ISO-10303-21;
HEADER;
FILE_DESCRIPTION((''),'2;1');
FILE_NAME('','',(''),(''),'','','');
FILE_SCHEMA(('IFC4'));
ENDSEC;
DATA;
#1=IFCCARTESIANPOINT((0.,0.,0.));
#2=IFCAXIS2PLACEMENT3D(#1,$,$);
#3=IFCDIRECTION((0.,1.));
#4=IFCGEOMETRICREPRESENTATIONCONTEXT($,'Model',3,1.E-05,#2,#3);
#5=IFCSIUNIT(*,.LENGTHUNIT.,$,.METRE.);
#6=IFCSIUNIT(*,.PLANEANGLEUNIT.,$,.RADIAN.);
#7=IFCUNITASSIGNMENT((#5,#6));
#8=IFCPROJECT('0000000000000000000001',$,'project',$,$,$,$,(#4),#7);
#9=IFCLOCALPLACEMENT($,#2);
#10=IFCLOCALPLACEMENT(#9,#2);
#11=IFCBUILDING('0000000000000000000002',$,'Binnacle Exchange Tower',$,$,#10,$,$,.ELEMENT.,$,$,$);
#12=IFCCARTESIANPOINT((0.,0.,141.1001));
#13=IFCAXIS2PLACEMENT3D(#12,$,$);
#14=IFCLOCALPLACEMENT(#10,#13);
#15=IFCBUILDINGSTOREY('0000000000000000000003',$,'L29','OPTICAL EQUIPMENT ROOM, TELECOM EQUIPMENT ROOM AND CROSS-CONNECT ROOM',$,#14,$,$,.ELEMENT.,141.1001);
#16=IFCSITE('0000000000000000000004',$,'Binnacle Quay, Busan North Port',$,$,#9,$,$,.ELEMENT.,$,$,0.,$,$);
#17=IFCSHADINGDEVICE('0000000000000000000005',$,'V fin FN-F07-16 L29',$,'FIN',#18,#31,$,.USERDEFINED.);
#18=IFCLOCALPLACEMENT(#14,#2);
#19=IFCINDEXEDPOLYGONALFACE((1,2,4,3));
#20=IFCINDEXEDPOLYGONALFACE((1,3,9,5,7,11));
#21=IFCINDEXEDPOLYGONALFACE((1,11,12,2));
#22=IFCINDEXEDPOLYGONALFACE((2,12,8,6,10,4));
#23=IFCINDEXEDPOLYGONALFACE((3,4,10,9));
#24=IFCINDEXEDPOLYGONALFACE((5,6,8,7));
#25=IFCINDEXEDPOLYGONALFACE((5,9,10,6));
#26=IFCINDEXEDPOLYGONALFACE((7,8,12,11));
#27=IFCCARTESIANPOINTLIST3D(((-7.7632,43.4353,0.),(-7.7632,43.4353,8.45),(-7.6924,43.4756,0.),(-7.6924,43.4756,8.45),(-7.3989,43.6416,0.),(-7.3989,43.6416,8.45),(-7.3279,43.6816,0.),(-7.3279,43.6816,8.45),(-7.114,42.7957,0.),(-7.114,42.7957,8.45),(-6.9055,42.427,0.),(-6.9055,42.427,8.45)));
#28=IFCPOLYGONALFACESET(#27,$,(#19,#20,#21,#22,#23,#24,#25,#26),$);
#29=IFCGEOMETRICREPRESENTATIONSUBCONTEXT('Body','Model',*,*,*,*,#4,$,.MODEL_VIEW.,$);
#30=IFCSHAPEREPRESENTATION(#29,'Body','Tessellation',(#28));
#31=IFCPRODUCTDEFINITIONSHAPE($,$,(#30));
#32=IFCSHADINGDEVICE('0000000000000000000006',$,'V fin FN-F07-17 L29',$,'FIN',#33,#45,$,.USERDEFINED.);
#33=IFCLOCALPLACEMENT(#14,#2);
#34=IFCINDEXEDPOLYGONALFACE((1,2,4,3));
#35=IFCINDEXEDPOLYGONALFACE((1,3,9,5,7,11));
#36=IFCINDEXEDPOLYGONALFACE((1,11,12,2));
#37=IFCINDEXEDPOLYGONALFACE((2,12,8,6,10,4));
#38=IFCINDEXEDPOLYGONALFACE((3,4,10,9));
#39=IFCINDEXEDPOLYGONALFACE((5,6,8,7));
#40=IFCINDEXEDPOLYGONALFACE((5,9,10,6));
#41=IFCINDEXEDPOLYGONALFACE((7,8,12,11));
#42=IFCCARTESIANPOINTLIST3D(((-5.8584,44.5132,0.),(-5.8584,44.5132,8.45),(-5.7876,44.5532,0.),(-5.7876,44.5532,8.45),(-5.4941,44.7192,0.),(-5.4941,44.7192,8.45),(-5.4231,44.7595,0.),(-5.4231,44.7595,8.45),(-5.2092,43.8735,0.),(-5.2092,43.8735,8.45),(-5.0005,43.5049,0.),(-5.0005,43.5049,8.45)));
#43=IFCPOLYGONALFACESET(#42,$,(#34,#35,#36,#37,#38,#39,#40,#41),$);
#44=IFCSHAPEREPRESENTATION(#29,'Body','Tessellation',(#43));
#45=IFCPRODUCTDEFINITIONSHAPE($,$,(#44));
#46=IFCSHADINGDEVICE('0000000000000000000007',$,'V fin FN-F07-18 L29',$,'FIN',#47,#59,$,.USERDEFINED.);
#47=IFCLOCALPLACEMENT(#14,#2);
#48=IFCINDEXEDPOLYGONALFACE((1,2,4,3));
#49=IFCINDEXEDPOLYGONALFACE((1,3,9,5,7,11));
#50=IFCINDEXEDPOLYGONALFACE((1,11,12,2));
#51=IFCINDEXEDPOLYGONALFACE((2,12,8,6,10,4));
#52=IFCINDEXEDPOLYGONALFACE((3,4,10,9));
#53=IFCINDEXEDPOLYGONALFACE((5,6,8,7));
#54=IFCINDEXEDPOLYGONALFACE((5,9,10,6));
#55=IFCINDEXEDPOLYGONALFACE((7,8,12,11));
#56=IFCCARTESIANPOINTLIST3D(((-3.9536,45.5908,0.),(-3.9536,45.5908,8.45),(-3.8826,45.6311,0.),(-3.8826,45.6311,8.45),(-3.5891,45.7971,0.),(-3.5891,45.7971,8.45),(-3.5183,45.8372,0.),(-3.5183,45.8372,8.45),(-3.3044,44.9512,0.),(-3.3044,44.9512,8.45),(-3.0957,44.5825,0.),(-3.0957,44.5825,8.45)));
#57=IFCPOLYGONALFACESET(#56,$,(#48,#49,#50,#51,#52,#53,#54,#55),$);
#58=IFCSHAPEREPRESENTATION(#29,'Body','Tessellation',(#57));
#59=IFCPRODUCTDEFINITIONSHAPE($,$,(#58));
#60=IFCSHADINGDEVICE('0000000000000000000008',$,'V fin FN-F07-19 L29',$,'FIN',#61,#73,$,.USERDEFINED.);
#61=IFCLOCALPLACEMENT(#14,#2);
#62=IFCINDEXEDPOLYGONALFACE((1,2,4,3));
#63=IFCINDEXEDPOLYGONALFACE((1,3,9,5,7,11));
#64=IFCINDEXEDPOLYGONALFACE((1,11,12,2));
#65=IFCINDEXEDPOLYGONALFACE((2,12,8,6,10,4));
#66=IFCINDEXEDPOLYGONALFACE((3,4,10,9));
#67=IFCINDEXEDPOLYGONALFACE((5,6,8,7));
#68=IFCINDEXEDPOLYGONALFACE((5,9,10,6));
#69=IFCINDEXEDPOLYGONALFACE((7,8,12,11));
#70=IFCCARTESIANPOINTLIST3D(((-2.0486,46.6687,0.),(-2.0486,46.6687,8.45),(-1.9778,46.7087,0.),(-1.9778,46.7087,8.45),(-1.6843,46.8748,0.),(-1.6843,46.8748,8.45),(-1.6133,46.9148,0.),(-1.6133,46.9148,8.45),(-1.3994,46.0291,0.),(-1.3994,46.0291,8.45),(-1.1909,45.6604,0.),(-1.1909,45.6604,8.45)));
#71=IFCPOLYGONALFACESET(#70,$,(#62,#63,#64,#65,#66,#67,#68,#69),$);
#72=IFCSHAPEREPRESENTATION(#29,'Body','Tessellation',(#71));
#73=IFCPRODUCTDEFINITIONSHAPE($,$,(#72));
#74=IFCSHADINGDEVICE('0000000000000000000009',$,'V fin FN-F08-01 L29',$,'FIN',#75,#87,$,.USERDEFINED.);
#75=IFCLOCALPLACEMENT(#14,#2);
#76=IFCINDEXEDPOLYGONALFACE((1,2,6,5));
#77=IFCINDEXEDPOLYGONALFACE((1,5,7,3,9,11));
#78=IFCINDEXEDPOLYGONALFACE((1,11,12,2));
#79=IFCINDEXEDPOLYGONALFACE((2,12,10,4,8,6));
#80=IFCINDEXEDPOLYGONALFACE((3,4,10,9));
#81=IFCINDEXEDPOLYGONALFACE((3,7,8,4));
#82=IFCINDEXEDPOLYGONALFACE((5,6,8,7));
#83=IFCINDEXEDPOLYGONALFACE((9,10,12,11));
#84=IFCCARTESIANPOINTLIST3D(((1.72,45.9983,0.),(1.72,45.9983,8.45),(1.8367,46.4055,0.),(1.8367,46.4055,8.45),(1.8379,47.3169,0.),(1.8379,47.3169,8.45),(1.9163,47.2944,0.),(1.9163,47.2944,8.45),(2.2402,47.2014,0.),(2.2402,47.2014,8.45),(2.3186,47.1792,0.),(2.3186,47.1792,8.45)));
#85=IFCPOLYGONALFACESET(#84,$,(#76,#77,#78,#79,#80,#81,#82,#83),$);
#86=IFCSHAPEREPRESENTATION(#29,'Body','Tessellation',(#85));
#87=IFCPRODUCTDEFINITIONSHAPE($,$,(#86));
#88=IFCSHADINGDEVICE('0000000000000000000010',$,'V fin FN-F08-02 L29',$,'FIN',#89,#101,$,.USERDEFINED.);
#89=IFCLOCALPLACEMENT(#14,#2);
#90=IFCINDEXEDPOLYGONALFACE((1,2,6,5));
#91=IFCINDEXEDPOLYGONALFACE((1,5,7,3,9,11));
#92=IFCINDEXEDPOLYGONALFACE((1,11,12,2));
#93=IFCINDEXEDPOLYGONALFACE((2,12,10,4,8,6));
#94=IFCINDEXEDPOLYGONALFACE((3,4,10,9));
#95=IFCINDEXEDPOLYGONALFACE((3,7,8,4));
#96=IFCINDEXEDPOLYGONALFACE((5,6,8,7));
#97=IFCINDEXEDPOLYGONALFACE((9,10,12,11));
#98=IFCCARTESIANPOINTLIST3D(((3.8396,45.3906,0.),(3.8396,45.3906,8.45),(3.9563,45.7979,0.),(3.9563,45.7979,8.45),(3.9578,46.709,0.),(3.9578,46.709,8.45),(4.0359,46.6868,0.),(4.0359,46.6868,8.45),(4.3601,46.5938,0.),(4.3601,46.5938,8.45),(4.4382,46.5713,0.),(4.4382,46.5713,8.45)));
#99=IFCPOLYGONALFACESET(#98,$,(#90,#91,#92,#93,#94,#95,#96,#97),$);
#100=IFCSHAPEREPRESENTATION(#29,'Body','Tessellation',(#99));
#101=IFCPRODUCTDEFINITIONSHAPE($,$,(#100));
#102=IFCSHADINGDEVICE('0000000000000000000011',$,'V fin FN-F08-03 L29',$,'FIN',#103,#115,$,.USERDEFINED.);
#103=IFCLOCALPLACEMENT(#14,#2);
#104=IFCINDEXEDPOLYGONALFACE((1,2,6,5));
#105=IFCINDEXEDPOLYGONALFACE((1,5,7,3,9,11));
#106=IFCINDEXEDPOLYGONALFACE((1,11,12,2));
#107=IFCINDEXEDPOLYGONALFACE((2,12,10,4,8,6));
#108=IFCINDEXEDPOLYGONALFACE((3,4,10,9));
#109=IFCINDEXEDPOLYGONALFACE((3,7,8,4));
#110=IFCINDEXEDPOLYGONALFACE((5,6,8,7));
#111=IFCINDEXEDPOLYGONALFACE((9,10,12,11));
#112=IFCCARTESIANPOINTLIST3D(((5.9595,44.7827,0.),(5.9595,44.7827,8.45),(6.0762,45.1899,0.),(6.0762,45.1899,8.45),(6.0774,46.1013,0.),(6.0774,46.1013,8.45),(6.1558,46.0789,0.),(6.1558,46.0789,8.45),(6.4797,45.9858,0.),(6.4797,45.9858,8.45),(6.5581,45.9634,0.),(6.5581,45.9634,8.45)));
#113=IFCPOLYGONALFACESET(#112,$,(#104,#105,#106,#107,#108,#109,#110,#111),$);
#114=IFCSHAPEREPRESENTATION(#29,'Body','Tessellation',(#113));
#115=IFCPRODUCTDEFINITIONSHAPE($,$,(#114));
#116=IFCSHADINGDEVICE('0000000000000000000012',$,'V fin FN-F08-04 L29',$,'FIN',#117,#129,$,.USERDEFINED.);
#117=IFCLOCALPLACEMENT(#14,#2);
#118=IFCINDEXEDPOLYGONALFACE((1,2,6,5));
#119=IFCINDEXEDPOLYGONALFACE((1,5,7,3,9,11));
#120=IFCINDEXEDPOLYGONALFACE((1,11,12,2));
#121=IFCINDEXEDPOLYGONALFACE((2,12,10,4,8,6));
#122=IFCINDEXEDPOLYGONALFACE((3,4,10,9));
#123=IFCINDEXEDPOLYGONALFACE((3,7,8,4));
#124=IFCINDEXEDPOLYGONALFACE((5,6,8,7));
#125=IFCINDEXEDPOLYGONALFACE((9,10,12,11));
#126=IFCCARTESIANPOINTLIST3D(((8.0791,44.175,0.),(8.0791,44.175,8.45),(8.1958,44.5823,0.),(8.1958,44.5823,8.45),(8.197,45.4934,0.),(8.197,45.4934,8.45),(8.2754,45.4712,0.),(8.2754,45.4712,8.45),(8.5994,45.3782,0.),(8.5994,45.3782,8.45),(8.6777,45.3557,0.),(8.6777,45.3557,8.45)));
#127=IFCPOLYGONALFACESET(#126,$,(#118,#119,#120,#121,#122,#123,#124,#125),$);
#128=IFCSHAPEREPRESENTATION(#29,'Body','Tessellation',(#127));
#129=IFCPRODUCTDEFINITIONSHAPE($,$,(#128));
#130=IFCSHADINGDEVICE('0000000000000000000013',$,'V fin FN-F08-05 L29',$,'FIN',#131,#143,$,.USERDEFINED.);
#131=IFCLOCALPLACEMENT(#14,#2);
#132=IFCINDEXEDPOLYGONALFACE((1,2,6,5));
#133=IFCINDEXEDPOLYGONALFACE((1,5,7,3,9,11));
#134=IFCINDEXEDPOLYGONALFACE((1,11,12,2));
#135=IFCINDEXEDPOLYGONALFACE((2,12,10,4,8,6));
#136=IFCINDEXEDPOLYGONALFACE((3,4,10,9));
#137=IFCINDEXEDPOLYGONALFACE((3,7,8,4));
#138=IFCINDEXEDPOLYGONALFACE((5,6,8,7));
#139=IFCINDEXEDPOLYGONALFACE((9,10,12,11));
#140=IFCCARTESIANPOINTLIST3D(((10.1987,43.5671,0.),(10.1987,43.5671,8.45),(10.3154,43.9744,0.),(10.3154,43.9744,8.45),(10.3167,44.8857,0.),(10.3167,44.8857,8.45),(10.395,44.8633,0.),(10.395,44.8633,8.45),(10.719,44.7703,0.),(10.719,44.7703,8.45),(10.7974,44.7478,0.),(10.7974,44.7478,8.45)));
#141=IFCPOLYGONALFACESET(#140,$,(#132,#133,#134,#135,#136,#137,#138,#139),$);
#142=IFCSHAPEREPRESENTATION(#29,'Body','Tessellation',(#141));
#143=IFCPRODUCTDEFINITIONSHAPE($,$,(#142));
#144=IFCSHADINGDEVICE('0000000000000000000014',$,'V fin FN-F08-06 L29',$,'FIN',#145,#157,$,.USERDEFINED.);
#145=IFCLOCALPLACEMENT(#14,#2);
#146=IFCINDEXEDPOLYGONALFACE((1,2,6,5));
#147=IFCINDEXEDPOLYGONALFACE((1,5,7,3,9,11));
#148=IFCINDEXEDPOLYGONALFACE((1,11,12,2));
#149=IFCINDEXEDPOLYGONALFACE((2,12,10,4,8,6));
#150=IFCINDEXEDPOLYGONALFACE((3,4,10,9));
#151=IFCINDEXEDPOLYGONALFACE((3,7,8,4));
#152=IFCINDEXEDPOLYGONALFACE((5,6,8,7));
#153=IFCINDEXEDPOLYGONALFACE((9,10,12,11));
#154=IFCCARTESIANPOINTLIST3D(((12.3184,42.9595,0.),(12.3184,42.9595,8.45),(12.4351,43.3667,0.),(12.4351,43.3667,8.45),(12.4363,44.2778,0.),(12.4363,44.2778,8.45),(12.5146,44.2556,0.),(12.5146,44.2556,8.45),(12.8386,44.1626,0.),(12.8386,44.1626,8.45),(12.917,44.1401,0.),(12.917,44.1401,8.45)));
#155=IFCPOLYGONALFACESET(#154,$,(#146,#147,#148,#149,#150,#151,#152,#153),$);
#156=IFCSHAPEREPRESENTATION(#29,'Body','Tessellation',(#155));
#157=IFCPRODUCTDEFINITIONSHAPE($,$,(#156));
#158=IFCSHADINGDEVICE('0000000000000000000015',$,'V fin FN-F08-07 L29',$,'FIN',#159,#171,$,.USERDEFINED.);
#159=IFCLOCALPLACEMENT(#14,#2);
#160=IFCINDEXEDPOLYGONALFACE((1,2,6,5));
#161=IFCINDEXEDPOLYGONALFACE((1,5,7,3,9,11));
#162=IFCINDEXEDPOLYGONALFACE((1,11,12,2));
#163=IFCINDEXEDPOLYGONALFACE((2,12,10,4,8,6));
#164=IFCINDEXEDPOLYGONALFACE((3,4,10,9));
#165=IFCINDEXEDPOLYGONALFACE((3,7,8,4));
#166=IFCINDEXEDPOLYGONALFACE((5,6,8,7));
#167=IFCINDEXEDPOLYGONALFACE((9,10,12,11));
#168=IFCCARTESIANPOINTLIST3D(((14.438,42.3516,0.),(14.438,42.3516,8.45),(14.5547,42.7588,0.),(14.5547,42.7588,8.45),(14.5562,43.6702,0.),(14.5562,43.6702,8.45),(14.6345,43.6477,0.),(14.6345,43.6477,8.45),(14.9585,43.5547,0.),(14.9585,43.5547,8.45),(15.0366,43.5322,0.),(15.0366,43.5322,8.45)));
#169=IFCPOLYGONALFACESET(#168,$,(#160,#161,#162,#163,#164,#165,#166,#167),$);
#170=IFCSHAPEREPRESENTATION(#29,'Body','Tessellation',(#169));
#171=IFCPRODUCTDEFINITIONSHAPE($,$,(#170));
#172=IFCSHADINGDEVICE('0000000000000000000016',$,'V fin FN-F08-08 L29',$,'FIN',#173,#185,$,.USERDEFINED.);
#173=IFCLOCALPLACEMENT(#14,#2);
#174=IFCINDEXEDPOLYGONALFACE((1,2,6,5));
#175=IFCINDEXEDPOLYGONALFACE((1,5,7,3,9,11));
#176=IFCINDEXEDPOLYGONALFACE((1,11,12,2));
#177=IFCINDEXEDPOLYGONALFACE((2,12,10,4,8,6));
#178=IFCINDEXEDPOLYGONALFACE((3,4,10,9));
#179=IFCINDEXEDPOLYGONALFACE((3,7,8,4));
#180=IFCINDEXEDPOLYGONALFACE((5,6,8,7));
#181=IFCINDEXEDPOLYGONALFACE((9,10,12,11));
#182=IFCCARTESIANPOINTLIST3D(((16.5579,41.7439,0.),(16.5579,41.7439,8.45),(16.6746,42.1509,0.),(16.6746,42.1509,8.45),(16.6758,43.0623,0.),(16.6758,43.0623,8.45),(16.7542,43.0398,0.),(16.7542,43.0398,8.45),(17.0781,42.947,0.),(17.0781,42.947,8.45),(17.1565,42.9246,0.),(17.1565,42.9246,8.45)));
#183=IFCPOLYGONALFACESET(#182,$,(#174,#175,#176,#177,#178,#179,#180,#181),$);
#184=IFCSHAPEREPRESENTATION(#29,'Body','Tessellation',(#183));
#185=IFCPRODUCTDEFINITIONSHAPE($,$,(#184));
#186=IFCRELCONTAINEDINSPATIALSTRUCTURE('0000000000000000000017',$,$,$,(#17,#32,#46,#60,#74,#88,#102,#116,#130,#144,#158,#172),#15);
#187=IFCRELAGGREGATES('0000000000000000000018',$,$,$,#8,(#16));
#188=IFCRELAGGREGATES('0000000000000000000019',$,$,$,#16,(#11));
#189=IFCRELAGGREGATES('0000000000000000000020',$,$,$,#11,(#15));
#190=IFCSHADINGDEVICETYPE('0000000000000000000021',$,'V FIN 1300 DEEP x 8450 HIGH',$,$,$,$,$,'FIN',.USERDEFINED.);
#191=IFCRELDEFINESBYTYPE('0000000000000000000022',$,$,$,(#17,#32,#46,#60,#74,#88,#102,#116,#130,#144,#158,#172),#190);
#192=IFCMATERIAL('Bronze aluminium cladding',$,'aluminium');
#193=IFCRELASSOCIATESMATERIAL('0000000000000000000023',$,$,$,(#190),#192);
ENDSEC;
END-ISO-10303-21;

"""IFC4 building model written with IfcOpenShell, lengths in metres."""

from ifc_helpers import new_model, si_unit, direction, frame, origin, place, context, subcontext, project, spatial, polyline, outline, extrude, material, type_object, element, save


model = new_model("IFC4")

# Units and contexts
model_context = context("Model", 3, precision=1e-05, world=origin(), true_north=direction((0.0, 1.0)))
body_context = subcontext(model_context, "Body", "Model", "MODEL_VIEW")
ifc_project = project(units=[si_unit("LENGTHUNIT", "METRE"), si_unit("PLANEANGLEUNIT", "RADIAN")], contexts=[model_context])

# Site, building, storey
site_placement = place(None, origin())
site = spatial("IfcSite", under=ifc_project, at=site_placement, Name="Binnacle Quay, Busan North Port", CompositionType="ELEMENT", RefElevation=0.0)
building_placement = place(site_placement, origin())
building = spatial("IfcBuilding", under=site, at=building_placement, Name="Binnacle Exchange Tower", CompositionType="ELEMENT")
storey_placement = place(building_placement, frame((0.0, 0.0, 141.1001)))
storey = spatial("IfcBuildingStorey", under=building, at=storey_placement, Name="L29", Description="OPTICAL EQUIPMENT ROOM, TELECOM EQUIPMENT ROOM AND CROSS-CONNECT ROOM", CompositionType="ELEMENT", Elevation=141.1001)

# Shading devices
ifc_material = material(Name="Bronze aluminium cladding", Category="aluminium")
shading_device_type = type_object("IfcShadingDeviceType", Name="V FIN 1300 DEEP x 8450 HIGH", ElementType="FIN", PredefinedType="USERDEFINED", material=ifc_material)
shading_device_1_placement = place(storey_placement, origin())
element("IfcShadingDevice", 1, at=shading_device_1_placement, inside=storey, type_object=shading_device_type, Name="V fin FN-F07-16 L29", ObjectType="FIN", PredefinedType="USERDEFINED", context=body_context, shape_type="SweptSolid", body=[
    extrude(outline(polyline([(-7.7632, 43.4353), (-6.9055, 42.427), (-7.3279, 43.6816), (-7.3989, 43.6416), (-7.114, 42.7957), (-7.6924, 43.4756), (-7.7632, 43.4353)])), origin(), (0.0, 0.0, 1.0), 8.45),
])
shading_device_2_placement = place(storey_placement, origin())
element("IfcShadingDevice", 2, at=shading_device_2_placement, inside=storey, type_object=shading_device_type, Name="V fin FN-F07-17 L29", ObjectType="FIN", PredefinedType="USERDEFINED", context=body_context, shape_type="SweptSolid", body=[
    extrude(outline(polyline([(-5.8584, 44.5132), (-5.0005, 43.5049), (-5.4231, 44.7595), (-5.4941, 44.7192), (-5.2092, 43.8735), (-5.7876, 44.5532), (-5.8584, 44.5132)])), origin(), (0.0, 0.0, 1.0), 8.45),
])
shading_device_3_placement = place(storey_placement, origin())
element("IfcShadingDevice", 3, at=shading_device_3_placement, inside=storey, type_object=shading_device_type, Name="V fin FN-F07-18 L29", ObjectType="FIN", PredefinedType="USERDEFINED", context=body_context, shape_type="SweptSolid", body=[
    extrude(outline(polyline([(-3.9536, 45.5908), (-3.0957, 44.5825), (-3.5183, 45.8372), (-3.5891, 45.7971), (-3.3044, 44.9512), (-3.8826, 45.6311), (-3.9536, 45.5908)])), origin(), (0.0, 0.0, 1.0), 8.45),
])
shading_device_4_placement = place(storey_placement, origin())
element("IfcShadingDevice", 4, at=shading_device_4_placement, inside=storey, type_object=shading_device_type, Name="V fin FN-F07-19 L29", ObjectType="FIN", PredefinedType="USERDEFINED", context=body_context, shape_type="SweptSolid", body=[
    extrude(outline(polyline([(-2.0486, 46.6687), (-1.1909, 45.6604), (-1.6133, 46.9148), (-1.6843, 46.8748), (-1.3994, 46.0291), (-1.9778, 46.7087), (-2.0486, 46.6687)])), origin(), (0.0, 0.0, 1.0), 8.45),
])
shading_device_5_placement = place(storey_placement, origin())
element("IfcShadingDevice", 5, at=shading_device_5_placement, inside=storey, type_object=shading_device_type, Name="V fin FN-F08-01 L29", ObjectType="FIN", PredefinedType="USERDEFINED", context=body_context, shape_type="SweptSolid", body=[
    extrude(outline(polyline([(1.8379, 47.3169), (1.72, 45.9983), (2.3186, 47.1792), (2.2402, 47.2014), (1.8367, 46.4055), (1.9163, 47.2944), (1.8379, 47.3169)])), origin(), (0.0, 0.0, 1.0), 8.45),
])
shading_device_6_placement = place(storey_placement, origin())
element("IfcShadingDevice", 6, at=shading_device_6_placement, inside=storey, type_object=shading_device_type, Name="V fin FN-F08-02 L29", ObjectType="FIN", PredefinedType="USERDEFINED", context=body_context, shape_type="SweptSolid", body=[
    extrude(outline(polyline([(3.9578, 46.709), (3.8396, 45.3906), (4.4382, 46.5713), (4.3601, 46.5938), (3.9563, 45.7979), (4.0359, 46.6868), (3.9578, 46.709)])), origin(), (0.0, 0.0, 1.0), 8.45),
])
shading_device_7_placement = place(storey_placement, origin())
element("IfcShadingDevice", 7, at=shading_device_7_placement, inside=storey, type_object=shading_device_type, Name="V fin FN-F08-03 L29", ObjectType="FIN", PredefinedType="USERDEFINED", context=body_context, shape_type="SweptSolid", body=[
    extrude(outline(polyline([(6.0774, 46.1013), (5.9595, 44.7827), (6.5581, 45.9634), (6.4797, 45.9858), (6.0762, 45.1899), (6.1558, 46.0789), (6.0774, 46.1013)])), origin(), (0.0, 0.0, 1.0), 8.45),
])
shading_device_8_placement = place(storey_placement, origin())
element("IfcShadingDevice", 8, at=shading_device_8_placement, inside=storey, type_object=shading_device_type, Name="V fin FN-F08-04 L29", ObjectType="FIN", PredefinedType="USERDEFINED", context=body_context, shape_type="SweptSolid", body=[
    extrude(outline(polyline([(8.197, 45.4934), (8.0791, 44.175), (8.6777, 45.3557), (8.5994, 45.3782), (8.1958, 44.5823), (8.2754, 45.4712), (8.197, 45.4934)])), origin(), (0.0, 0.0, 1.0), 8.45),
])
shading_device_9_placement = place(storey_placement, origin())
element("IfcShadingDevice", 9, at=shading_device_9_placement, inside=storey, type_object=shading_device_type, Name="V fin FN-F08-05 L29", ObjectType="FIN", PredefinedType="USERDEFINED", context=body_context, shape_type="SweptSolid", body=[
    extrude(outline(polyline([(10.3167, 44.8857), (10.1987, 43.5671), (10.7974, 44.7478), (10.719, 44.7703), (10.3154, 43.9744), (10.395, 44.8633), (10.3167, 44.8857)])), origin(), (0.0, 0.0, 1.0), 8.45),
])
shading_device_10_placement = place(storey_placement, origin())
element("IfcShadingDevice", 10, at=shading_device_10_placement, inside=storey, type_object=shading_device_type, Name="V fin FN-F08-06 L29", ObjectType="FIN", PredefinedType="USERDEFINED", context=body_context, shape_type="SweptSolid", body=[
    extrude(outline(polyline([(12.4363, 44.2778), (12.3184, 42.9595), (12.917, 44.1401), (12.8386, 44.1626), (12.4351, 43.3667), (12.5146, 44.2556), (12.4363, 44.2778)])), origin(), (0.0, 0.0, 1.0), 8.45),
])
shading_device_11_placement = place(storey_placement, origin())
element("IfcShadingDevice", 11, at=shading_device_11_placement, inside=storey, type_object=shading_device_type, Name="V fin FN-F08-07 L29", ObjectType="FIN", PredefinedType="USERDEFINED", context=body_context, shape_type="SweptSolid", body=[
    extrude(outline(polyline([(14.5562, 43.6702), (14.438, 42.3516), (15.0366, 43.5322), (14.9585, 43.5547), (14.5547, 42.7588), (14.6345, 43.6477), (14.5562, 43.6702)])), origin(), (0.0, 0.0, 1.0), 8.45),
])
shading_device_12_placement = place(storey_placement, origin())
element("IfcShadingDevice", 12, at=shading_device_12_placement, inside=storey, type_object=shading_device_type, Name="V fin FN-F08-08 L29", ObjectType="FIN", PredefinedType="USERDEFINED", context=body_context, shape_type="SweptSolid", body=[
    extrude(outline(polyline([(16.6758, 43.0623), (16.5579, 41.7439), (17.1565, 42.9246), (17.0781, 42.947), (16.6746, 42.1509), (16.7542, 43.0398), (16.6758, 43.0623)])), origin(), (0.0, 0.0, 1.0), 8.45),
])

save(model, "model.ifc")
